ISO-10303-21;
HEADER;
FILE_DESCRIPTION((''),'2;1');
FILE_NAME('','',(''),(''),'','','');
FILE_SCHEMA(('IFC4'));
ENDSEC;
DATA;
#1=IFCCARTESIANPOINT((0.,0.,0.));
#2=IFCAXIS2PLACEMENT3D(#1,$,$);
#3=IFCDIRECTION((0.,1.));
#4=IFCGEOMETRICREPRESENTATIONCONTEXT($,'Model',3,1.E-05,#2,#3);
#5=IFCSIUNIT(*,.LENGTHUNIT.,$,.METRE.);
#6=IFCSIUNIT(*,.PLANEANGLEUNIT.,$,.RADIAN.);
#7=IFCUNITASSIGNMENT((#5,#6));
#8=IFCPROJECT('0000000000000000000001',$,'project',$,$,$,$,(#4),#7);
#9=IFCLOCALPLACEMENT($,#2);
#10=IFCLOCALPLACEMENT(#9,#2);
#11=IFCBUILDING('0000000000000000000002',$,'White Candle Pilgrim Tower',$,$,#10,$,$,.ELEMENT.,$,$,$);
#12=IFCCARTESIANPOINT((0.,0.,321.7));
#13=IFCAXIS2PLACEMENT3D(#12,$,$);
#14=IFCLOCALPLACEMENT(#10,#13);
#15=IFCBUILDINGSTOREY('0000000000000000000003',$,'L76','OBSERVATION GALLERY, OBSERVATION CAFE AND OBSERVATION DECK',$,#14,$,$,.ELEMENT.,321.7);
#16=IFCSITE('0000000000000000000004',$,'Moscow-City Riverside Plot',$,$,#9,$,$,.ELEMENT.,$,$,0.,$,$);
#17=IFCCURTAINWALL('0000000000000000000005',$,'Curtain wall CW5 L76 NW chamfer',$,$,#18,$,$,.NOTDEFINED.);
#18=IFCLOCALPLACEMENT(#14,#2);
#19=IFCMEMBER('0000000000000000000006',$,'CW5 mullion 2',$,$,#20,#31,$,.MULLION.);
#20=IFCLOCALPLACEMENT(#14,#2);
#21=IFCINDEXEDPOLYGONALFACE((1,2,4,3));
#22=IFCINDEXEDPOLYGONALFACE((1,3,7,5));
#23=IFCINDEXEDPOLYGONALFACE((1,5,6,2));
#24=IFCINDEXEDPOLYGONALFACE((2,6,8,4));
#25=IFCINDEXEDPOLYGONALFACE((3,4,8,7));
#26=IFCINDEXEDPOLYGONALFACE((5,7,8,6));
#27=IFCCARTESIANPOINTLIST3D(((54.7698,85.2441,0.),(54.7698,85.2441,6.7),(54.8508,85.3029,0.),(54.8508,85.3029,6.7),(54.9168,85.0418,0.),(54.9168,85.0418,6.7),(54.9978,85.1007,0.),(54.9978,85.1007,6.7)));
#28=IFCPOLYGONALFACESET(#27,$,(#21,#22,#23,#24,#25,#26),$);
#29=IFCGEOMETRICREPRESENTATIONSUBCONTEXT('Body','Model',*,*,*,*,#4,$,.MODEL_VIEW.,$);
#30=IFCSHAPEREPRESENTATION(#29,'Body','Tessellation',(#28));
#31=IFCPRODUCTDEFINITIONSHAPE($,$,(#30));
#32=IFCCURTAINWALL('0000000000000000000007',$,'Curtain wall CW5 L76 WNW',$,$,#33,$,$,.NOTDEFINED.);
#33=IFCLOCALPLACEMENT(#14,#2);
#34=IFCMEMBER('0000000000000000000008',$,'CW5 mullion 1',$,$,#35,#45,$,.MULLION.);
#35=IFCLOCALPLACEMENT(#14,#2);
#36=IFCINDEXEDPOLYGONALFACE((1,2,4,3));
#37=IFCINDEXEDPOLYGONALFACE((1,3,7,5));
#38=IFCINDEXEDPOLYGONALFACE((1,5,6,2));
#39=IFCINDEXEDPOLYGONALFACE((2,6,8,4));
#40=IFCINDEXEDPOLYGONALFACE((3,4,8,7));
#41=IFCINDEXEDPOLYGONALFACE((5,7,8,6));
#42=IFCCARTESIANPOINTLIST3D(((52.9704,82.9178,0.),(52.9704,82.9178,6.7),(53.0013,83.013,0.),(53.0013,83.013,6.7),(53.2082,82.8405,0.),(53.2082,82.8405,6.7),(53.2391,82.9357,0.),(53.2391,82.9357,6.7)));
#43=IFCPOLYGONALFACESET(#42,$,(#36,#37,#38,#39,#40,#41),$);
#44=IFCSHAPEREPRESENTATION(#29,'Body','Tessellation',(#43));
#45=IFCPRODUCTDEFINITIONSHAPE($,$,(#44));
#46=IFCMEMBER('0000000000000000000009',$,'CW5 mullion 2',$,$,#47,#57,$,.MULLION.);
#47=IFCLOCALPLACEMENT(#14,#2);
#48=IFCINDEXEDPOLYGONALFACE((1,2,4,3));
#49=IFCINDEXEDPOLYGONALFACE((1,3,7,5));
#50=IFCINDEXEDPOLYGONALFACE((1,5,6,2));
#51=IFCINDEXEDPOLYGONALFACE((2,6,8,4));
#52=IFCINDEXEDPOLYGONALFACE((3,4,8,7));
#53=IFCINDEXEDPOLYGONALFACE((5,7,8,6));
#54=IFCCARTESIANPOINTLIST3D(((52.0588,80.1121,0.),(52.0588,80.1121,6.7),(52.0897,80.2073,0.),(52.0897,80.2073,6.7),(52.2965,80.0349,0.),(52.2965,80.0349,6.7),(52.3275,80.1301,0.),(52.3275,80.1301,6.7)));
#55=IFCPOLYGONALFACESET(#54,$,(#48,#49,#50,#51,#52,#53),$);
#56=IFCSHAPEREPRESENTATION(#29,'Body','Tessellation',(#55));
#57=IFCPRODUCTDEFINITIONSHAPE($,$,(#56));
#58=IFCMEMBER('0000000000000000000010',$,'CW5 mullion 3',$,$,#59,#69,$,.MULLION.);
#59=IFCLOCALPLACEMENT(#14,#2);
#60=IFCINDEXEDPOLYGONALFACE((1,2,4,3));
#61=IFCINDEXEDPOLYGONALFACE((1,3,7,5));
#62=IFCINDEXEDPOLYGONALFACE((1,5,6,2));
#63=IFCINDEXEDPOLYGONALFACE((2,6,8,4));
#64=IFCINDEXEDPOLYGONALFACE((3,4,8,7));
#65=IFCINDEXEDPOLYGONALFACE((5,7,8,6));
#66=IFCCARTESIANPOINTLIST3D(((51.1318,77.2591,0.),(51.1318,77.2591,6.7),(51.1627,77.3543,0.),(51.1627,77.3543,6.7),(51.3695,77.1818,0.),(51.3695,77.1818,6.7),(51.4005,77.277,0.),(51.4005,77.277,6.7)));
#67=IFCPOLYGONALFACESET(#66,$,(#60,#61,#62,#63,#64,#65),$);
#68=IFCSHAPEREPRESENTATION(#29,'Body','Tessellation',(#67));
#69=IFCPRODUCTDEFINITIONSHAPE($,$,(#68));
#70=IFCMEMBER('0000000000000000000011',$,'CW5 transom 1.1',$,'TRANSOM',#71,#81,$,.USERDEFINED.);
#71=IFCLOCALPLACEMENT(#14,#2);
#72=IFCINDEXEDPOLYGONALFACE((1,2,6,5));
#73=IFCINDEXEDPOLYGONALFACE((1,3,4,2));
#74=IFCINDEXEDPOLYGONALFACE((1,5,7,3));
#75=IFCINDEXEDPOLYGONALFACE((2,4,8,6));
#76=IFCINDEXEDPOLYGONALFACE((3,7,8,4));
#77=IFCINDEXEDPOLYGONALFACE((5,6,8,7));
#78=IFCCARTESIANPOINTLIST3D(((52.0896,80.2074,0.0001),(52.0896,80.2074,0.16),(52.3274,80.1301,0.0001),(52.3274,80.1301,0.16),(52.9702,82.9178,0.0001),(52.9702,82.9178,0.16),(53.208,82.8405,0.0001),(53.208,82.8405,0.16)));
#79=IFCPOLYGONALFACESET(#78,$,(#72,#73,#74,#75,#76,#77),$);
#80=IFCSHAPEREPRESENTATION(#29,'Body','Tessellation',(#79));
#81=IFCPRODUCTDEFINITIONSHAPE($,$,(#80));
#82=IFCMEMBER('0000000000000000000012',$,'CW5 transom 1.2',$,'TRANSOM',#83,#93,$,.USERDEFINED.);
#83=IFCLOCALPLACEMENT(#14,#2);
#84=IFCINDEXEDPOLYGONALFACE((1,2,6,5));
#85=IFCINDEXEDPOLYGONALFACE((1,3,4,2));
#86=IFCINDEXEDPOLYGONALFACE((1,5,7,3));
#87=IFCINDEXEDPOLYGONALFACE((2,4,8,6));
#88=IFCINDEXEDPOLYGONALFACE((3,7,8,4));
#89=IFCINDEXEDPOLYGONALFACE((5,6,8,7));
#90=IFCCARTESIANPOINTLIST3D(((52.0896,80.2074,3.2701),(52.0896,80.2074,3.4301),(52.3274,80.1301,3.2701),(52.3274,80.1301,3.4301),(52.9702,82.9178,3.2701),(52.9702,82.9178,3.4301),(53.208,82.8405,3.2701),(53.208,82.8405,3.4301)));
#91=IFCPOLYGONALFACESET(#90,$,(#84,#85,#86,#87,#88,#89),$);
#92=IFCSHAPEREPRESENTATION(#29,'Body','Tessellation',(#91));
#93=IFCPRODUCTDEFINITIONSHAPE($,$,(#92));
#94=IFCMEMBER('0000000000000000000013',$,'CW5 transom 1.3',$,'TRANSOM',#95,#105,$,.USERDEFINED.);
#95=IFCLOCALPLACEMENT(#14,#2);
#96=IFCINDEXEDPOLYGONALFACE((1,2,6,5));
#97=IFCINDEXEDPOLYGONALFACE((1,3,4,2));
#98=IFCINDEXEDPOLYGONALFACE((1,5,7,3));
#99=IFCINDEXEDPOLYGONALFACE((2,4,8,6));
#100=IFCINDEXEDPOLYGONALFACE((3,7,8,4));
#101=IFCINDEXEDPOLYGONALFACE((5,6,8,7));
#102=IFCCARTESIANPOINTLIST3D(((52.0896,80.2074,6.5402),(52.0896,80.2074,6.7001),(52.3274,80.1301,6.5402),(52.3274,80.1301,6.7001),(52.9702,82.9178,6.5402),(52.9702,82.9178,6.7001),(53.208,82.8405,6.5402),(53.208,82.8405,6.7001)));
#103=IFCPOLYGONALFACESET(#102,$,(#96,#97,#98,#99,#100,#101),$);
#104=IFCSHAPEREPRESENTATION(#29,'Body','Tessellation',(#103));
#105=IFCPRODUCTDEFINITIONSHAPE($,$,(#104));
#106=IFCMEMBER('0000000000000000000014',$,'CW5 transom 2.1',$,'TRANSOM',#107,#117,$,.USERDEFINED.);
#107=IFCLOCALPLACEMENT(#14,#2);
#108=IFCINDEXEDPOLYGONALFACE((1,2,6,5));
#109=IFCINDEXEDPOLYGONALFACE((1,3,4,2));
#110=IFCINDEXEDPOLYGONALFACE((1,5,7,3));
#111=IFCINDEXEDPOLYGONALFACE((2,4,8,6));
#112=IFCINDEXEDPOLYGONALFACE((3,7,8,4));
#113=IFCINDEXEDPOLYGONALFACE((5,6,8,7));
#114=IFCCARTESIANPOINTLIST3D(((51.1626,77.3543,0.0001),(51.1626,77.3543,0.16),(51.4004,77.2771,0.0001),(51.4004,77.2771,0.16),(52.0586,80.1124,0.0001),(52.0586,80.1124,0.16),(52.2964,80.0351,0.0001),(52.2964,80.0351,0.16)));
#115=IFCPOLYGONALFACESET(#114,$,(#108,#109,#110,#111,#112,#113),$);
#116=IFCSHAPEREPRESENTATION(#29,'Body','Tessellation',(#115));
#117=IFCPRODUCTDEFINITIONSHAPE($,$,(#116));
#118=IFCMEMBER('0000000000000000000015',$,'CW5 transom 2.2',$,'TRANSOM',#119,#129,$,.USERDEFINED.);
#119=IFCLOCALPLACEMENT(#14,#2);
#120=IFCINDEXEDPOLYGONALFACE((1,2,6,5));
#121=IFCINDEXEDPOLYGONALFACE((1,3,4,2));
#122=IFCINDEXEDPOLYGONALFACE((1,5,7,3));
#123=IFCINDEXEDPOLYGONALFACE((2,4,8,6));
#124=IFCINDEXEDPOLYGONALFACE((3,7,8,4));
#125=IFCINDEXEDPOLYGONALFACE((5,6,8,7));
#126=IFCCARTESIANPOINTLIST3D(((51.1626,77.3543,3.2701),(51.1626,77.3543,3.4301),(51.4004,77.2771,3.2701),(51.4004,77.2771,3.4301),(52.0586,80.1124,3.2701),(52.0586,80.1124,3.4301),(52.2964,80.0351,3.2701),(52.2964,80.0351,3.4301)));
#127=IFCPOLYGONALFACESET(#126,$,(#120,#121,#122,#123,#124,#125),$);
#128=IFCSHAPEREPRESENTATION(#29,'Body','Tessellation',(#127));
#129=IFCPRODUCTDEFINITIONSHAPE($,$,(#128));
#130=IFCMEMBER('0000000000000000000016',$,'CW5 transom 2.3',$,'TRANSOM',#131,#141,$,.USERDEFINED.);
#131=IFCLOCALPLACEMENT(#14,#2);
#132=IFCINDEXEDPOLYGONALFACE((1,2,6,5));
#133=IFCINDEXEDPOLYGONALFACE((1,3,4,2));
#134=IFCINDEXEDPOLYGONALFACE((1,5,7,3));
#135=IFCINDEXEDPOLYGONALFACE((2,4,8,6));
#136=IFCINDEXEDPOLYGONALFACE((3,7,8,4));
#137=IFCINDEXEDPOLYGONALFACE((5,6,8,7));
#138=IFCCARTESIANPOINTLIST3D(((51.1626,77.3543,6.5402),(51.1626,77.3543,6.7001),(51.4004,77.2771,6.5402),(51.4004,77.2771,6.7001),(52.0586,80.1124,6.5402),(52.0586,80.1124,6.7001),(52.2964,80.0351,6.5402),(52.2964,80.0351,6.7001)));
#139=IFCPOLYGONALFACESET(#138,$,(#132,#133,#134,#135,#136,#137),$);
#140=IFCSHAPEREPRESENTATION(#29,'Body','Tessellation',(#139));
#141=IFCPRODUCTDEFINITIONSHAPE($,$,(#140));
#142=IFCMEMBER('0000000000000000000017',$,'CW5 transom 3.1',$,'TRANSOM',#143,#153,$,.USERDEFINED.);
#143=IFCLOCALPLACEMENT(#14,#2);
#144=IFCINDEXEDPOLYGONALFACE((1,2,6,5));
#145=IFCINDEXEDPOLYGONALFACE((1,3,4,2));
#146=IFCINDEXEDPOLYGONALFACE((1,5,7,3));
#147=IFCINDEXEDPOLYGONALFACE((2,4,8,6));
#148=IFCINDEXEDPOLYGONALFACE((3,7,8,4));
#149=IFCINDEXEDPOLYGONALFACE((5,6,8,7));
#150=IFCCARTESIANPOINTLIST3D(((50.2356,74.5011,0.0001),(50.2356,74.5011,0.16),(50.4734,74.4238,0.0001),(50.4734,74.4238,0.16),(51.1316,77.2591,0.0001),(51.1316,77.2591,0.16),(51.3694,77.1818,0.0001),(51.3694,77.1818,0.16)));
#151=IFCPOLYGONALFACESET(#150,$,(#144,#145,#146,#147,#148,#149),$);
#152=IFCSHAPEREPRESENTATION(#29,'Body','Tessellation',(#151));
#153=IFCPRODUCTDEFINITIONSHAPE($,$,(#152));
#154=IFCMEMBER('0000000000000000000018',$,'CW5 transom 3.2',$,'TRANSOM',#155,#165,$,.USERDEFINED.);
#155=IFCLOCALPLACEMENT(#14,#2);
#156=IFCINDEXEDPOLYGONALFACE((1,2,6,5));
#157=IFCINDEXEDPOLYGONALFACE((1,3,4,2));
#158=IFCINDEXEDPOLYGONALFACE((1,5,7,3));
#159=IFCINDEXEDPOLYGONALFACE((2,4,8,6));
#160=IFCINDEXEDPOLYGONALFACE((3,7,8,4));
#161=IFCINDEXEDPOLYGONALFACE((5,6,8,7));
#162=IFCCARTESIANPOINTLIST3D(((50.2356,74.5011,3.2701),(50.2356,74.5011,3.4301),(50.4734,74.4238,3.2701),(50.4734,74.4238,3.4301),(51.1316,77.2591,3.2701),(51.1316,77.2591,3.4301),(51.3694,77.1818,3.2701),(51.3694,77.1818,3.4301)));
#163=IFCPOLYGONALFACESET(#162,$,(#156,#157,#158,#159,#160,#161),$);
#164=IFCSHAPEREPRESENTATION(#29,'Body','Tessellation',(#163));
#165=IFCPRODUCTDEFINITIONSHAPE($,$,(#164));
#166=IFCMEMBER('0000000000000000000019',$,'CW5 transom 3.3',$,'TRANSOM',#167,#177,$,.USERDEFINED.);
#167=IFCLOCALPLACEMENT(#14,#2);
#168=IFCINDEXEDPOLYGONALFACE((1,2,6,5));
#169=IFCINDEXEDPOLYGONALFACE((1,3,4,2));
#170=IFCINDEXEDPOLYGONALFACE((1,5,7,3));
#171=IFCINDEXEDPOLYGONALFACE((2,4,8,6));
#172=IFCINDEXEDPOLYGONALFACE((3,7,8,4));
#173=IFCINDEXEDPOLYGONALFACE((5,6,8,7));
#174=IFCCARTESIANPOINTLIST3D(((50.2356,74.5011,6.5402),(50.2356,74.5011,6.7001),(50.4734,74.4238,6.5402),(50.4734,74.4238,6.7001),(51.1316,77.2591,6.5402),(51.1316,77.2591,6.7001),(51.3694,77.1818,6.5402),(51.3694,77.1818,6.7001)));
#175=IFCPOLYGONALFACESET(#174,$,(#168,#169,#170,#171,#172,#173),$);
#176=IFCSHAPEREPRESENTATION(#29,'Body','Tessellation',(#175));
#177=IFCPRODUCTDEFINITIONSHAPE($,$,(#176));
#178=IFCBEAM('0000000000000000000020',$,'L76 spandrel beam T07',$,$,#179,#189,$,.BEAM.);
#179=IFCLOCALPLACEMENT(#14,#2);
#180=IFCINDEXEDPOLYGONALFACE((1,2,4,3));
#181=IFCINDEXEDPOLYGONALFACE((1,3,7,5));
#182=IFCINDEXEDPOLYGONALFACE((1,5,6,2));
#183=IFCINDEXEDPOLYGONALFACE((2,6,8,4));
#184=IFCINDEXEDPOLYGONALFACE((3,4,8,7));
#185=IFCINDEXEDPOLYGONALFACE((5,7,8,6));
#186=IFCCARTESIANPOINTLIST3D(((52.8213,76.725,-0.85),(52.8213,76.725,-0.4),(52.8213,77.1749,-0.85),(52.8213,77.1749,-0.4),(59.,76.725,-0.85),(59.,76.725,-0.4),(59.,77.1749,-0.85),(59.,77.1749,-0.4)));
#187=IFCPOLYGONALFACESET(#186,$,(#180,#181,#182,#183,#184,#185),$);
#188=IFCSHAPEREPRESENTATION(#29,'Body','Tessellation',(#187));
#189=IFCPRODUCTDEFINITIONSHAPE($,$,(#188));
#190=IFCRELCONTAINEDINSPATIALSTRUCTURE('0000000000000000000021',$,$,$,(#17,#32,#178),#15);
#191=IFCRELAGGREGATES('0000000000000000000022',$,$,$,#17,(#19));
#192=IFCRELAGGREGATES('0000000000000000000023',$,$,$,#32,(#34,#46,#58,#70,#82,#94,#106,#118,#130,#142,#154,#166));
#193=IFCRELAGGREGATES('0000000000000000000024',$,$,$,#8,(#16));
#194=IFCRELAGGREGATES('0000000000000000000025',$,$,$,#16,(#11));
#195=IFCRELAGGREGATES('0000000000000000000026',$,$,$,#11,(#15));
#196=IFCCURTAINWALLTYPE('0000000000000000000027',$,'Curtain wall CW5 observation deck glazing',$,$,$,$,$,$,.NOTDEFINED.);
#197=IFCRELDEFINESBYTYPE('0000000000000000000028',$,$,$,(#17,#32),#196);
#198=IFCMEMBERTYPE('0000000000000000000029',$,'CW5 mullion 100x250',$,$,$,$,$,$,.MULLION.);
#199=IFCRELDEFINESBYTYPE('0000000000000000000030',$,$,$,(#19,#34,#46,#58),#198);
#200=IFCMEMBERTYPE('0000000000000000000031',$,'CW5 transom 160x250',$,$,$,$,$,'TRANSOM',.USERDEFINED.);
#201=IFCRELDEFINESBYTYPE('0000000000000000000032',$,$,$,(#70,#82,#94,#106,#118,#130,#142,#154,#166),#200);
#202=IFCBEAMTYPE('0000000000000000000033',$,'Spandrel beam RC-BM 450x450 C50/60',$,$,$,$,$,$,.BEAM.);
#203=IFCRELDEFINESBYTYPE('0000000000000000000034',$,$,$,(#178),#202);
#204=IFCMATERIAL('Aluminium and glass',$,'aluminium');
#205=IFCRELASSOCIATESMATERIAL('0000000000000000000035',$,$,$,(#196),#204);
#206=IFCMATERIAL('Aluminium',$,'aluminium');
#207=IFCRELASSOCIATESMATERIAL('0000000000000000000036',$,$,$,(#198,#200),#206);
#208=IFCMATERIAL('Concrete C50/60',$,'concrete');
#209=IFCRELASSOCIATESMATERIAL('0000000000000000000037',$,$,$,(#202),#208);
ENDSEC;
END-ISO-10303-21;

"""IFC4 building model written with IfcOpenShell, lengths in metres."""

from ifc_helpers import new_model, si_unit, direction, frame, origin, origin_2d, place, context, subcontext, project, spatial, rectangle, extrude, material, material_profile, profile_set, type_object, element, aggregate, save


model = new_model("IFC4")

# Units and contexts
model_context = context("Model", 3, precision=1e-05, world=origin(), true_north=direction((0.0, 1.0)))
body_context = subcontext(model_context, "Body", "Model", "MODEL_VIEW")
ifc_project = project(units=[si_unit("LENGTHUNIT", "METRE"), si_unit("PLANEANGLEUNIT", "RADIAN")], contexts=[model_context])

# Site, building, storey
site_placement = place(None, origin())
site = spatial("IfcSite", under=ifc_project, at=site_placement, Name="Moscow-City Riverside Plot", CompositionType="ELEMENT", RefElevation=0.0)
building_placement = place(site_placement, origin())
building = spatial("IfcBuilding", under=site, at=building_placement, Name="White Candle Pilgrim Tower", CompositionType="ELEMENT")
storey_placement = place(building_placement, frame((0.0, 0.0, 321.7)))
storey = spatial("IfcBuildingStorey", under=building, at=storey_placement, Name="L76", Description="OBSERVATION GALLERY, OBSERVATION CAFE AND OBSERVATION DECK", CompositionType="ELEMENT", Elevation=321.7)

# Curtain wall, member
ifc_material_1 = material(Name="Aluminium and glass", Category="aluminium")
curtain_wall_type = type_object("IfcCurtainWallType", Name="Curtain wall CW5 observation deck glazing", PredefinedType="NOTDEFINED", material=ifc_material_1)
curtain_wall_1_placement = place(storey_placement, origin())
curtain_wall_1 = element("IfcCurtainWall", 1, at=curtain_wall_1_placement, inside=storey, type_object=curtain_wall_type, Name="Curtain wall CW5 L76 NW chamfer", PredefinedType="NOTDEFINED")
ifc_material_2 = material(Name="Aluminium", Category="aluminium")
ifc_material_profile_1 = material_profile(ifc_material_2, rectangle(XDim=0.25, YDim=0.1001, at=origin_2d()), Name="CW5 mullion 100x250")
ifc_profile_set_1 = profile_set([ifc_material_profile_1], Name="Aluminium")
member_type_1 = type_object("IfcMemberType", Name="CW5 mullion 100x250", PredefinedType="MULLION", material=ifc_profile_set_1)
member_1_placement = place(storey_placement, frame((54.8838, 85.1724, 0.0), z_axis=(0.0, 0.0, 1.0), x_axis=(0.587785, -0.809017, 0.0)))
member_1 = element("IfcMember", 2, at=member_1_placement, type_object=member_type_1, Name="CW5 mullion 2", PredefinedType="MULLION", context=body_context, shape_type="SweptSolid", body=[
    extrude(rectangle(XDim=0.25, YDim=0.1001, at=origin_2d()), origin(), (0.0, 0.0, 1.0), 6.7),
])
aggregate(curtain_wall_1, [member_1])

# Curtain wall, members
curtain_wall_2_placement = place(storey_placement, origin())
curtain_wall_2 = element("IfcCurtainWall", 3, at=curtain_wall_2_placement, inside=storey, type_object=curtain_wall_type, Name="Curtain wall CW5 L76 WNW", PredefinedType="NOTDEFINED")
member_2_placement = place(storey_placement, frame((53.1047, 82.9268, 0.0), z_axis=(0.0, 0.0, 1.0), x_axis=(0.951057, -0.309017, 0.0)))
member_2 = element("IfcMember", 4, at=member_2_placement, type_object=member_type_1, Name="CW5 mullion 1", PredefinedType="MULLION", context=body_context, shape_type="SweptSolid", body=[
    extrude(rectangle(XDim=0.25, YDim=0.1001, at=origin_2d()), origin(), (0.0, 0.0, 1.0), 6.7),
])
member_3_placement = place(storey_placement, frame((52.1931, 80.1211, 0.0), z_axis=(0.0, 0.0, 1.0), x_axis=(0.951057, -0.309017, 0.0)))
member_3 = element("IfcMember", 5, at=member_3_placement, type_object=member_type_1, Name="CW5 mullion 2", PredefinedType="MULLION", context=body_context, shape_type="SweptSolid", body=[
    extrude(rectangle(XDim=0.25, YDim=0.1001, at=origin_2d()), origin(), (0.0, 0.0, 1.0), 6.7),
])
member_4_placement = place(storey_placement, frame((51.2661, 77.2681, 0.0), z_axis=(0.0, 0.0, 1.0), x_axis=(0.951057, -0.309017, 0.0)))
member_4 = element("IfcMember", 6, at=member_4_placement, type_object=member_type_1, Name="CW5 mullion 3", PredefinedType="MULLION", context=body_context, shape_type="SweptSolid", body=[
    extrude(rectangle(XDim=0.25, YDim=0.1001, at=origin_2d()), origin(), (0.0, 0.0, 1.0), 6.7),
])
ifc_material_profile_2 = material_profile(ifc_material_2, rectangle(XDim=0.25, YDim=0.1599, at=origin_2d()), Name="CW5 transom 160x250")
ifc_profile_set_2 = profile_set([ifc_material_profile_2], Name="Aluminium")
member_type_2 = type_object("IfcMemberType", Name="CW5 transom 160x250", ElementType="TRANSOM", PredefinedType="USERDEFINED", material=ifc_profile_set_2)
member_5_placement = place(storey_placement, frame((53.0891, 82.8792, 0.0801), z_axis=(-0.308997, -0.951063, 0.0), x_axis=(0.951063, -0.308997, 0.0)))
member_5 = element("IfcMember", 7, at=member_5_placement, type_object=member_type_2, Name="CW5 transom 1.1", ObjectType="TRANSOM", PredefinedType="USERDEFINED", context=body_context, shape_type="SweptSolid", body=[
    extrude(rectangle(XDim=0.25, YDim=0.1599, at=origin_2d()), origin(), (0.0, 0.0, 1.0), 2.8499),
])
member_6_placement = place(storey_placement, frame((53.0891, 82.8792, 3.3501), z_axis=(-0.308997, -0.951063, 0.0), x_axis=(0.951063, -0.308997, 0.0)))
member_6 = element("IfcMember", 8, at=member_6_placement, type_object=member_type_2, Name="CW5 transom 1.2", ObjectType="TRANSOM", PredefinedType="USERDEFINED", context=body_context, shape_type="SweptSolid", body=[
    extrude(rectangle(XDim=0.25, YDim=0.1599, at=origin_2d()), origin(), (0.0, 0.0, 1.0), 2.8499),
])
member_7_placement = place(storey_placement, frame((53.0891, 82.8792, 6.6201), z_axis=(-0.308997, -0.951063, 0.0), x_axis=(0.951063, -0.308997, 0.0)))
member_7 = element("IfcMember", 9, at=member_7_placement, type_object=member_type_2, Name="CW5 transom 1.3", ObjectType="TRANSOM", PredefinedType="USERDEFINED", context=body_context, shape_type="SweptSolid", body=[
    extrude(rectangle(XDim=0.25, YDim=0.1599, at=origin_2d()), origin(), (0.0, 0.0, 1.0), 2.8499),
])
member_8_placement = place(storey_placement, frame((52.1775, 80.0737, 0.0801), z_axis=(-0.30897, -0.951072, 0.0), x_axis=(0.951072, -0.30897, 0.0)))
member_8 = element("IfcMember", 10, at=member_8_placement, type_object=member_type_2, Name="CW5 transom 2.1", ObjectType="TRANSOM", PredefinedType="USERDEFINED", context=body_context, shape_type="SweptSolid", body=[
    extrude(rectangle(XDim=0.25, YDim=0.1599, at=origin_2d()), origin(), (0.0, 0.0, 1.0), 2.8999),
])
member_9_placement = place(storey_placement, frame((52.1775, 80.0737, 3.3501), z_axis=(-0.30897, -0.951072, 0.0), x_axis=(0.951072, -0.30897, 0.0)))
member_9 = element("IfcMember", 11, at=member_9_placement, type_object=member_type_2, Name="CW5 transom 2.2", ObjectType="TRANSOM", PredefinedType="USERDEFINED", context=body_context, shape_type="SweptSolid", body=[
    extrude(rectangle(XDim=0.25, YDim=0.1599, at=origin_2d()), origin(), (0.0, 0.0, 1.0), 2.8999),
])
member_10_placement = place(storey_placement, frame((52.1775, 80.0737, 6.6201), z_axis=(-0.30897, -0.951072, 0.0), x_axis=(0.951072, -0.30897, 0.0)))
member_10 = element("IfcMember", 12, at=member_10_placement, type_object=member_type_2, Name="CW5 transom 2.3", ObjectType="TRANSOM", PredefinedType="USERDEFINED", context=body_context, shape_type="SweptSolid", body=[
    extrude(rectangle(XDim=0.25, YDim=0.1599, at=origin_2d()), origin(), (0.0, 0.0, 1.0), 2.8999),
])
member_11_placement = place(storey_placement, frame((51.2505, 77.2205, 0.0801), z_axis=(-0.30897, -0.951072, 0.0), x_axis=(0.951072, -0.30897, 0.0)))
member_11 = element("IfcMember", 13, at=member_11_placement, type_object=member_type_2, Name="CW5 transom 3.1", ObjectType="TRANSOM", PredefinedType="USERDEFINED", context=body_context, shape_type="SweptSolid", body=[
    extrude(rectangle(XDim=0.25, YDim=0.1599, at=origin_2d()), origin(), (0.0, 0.0, 1.0), 2.8999),
])
member_12_placement = place(storey_placement, frame((51.2505, 77.2205, 3.3501), z_axis=(-0.30897, -0.951072, 0.0), x_axis=(0.951072, -0.30897, 0.0)))
member_12 = element("IfcMember", 14, at=member_12_placement, type_object=member_type_2, Name="CW5 transom 3.2", ObjectType="TRANSOM", PredefinedType="USERDEFINED", context=body_context, shape_type="SweptSolid", body=[
    extrude(rectangle(XDim=0.25, YDim=0.1599, at=origin_2d()), origin(), (0.0, 0.0, 1.0), 2.8999),
])
member_13_placement = place(storey_placement, frame((51.2505, 77.2205, 6.6201), z_axis=(-0.30897, -0.951072, 0.0), x_axis=(0.951072, -0.30897, 0.0)))
member_13 = element("IfcMember", 15, at=member_13_placement, type_object=member_type_2, Name="CW5 transom 3.3", ObjectType="TRANSOM", PredefinedType="USERDEFINED", context=body_context, shape_type="SweptSolid", body=[
    extrude(rectangle(XDim=0.25, YDim=0.1599, at=origin_2d()), origin(), (0.0, 0.0, 1.0), 2.8999),
])

# Beam
ifc_material_3 = material(Name="Concrete C50/60", Category="concrete")
ifc_material_profile_3 = material_profile(ifc_material_3, rectangle(XDim=0.45, YDim=0.45, at=origin_2d()), Name="RC-BM 450x450")
ifc_profile_set_3 = profile_set([ifc_material_profile_3], Name="Concrete C50/60")
beam_type = type_object("IfcBeamType", Name="Spandrel beam RC-BM 450x450 C50/60", PredefinedType="BEAM", material=ifc_profile_set_3)
beam_placement = place(storey_placement, frame((52.8213, 76.95, -0.625), z_axis=(1.0, 0.0, 0.0), x_axis=(0.0, 1.0, 0.0)))
element("IfcBeam", 16, at=beam_placement, inside=storey, type_object=beam_type, Name="L76 spandrel beam T07", PredefinedType="BEAM", context=body_context, shape_type="SweptSolid", body=[
    extrude(rectangle(XDim=0.45, YDim=0.45, at=origin_2d()), origin(), (0.0, 0.0, 1.0), 6.1787),
])

aggregate(curtain_wall_2, [member_2, member_3, member_4, member_5, member_6, member_7, member_8, member_9, member_10, member_11, member_12, member_13])

save(model, "model.ifc")
